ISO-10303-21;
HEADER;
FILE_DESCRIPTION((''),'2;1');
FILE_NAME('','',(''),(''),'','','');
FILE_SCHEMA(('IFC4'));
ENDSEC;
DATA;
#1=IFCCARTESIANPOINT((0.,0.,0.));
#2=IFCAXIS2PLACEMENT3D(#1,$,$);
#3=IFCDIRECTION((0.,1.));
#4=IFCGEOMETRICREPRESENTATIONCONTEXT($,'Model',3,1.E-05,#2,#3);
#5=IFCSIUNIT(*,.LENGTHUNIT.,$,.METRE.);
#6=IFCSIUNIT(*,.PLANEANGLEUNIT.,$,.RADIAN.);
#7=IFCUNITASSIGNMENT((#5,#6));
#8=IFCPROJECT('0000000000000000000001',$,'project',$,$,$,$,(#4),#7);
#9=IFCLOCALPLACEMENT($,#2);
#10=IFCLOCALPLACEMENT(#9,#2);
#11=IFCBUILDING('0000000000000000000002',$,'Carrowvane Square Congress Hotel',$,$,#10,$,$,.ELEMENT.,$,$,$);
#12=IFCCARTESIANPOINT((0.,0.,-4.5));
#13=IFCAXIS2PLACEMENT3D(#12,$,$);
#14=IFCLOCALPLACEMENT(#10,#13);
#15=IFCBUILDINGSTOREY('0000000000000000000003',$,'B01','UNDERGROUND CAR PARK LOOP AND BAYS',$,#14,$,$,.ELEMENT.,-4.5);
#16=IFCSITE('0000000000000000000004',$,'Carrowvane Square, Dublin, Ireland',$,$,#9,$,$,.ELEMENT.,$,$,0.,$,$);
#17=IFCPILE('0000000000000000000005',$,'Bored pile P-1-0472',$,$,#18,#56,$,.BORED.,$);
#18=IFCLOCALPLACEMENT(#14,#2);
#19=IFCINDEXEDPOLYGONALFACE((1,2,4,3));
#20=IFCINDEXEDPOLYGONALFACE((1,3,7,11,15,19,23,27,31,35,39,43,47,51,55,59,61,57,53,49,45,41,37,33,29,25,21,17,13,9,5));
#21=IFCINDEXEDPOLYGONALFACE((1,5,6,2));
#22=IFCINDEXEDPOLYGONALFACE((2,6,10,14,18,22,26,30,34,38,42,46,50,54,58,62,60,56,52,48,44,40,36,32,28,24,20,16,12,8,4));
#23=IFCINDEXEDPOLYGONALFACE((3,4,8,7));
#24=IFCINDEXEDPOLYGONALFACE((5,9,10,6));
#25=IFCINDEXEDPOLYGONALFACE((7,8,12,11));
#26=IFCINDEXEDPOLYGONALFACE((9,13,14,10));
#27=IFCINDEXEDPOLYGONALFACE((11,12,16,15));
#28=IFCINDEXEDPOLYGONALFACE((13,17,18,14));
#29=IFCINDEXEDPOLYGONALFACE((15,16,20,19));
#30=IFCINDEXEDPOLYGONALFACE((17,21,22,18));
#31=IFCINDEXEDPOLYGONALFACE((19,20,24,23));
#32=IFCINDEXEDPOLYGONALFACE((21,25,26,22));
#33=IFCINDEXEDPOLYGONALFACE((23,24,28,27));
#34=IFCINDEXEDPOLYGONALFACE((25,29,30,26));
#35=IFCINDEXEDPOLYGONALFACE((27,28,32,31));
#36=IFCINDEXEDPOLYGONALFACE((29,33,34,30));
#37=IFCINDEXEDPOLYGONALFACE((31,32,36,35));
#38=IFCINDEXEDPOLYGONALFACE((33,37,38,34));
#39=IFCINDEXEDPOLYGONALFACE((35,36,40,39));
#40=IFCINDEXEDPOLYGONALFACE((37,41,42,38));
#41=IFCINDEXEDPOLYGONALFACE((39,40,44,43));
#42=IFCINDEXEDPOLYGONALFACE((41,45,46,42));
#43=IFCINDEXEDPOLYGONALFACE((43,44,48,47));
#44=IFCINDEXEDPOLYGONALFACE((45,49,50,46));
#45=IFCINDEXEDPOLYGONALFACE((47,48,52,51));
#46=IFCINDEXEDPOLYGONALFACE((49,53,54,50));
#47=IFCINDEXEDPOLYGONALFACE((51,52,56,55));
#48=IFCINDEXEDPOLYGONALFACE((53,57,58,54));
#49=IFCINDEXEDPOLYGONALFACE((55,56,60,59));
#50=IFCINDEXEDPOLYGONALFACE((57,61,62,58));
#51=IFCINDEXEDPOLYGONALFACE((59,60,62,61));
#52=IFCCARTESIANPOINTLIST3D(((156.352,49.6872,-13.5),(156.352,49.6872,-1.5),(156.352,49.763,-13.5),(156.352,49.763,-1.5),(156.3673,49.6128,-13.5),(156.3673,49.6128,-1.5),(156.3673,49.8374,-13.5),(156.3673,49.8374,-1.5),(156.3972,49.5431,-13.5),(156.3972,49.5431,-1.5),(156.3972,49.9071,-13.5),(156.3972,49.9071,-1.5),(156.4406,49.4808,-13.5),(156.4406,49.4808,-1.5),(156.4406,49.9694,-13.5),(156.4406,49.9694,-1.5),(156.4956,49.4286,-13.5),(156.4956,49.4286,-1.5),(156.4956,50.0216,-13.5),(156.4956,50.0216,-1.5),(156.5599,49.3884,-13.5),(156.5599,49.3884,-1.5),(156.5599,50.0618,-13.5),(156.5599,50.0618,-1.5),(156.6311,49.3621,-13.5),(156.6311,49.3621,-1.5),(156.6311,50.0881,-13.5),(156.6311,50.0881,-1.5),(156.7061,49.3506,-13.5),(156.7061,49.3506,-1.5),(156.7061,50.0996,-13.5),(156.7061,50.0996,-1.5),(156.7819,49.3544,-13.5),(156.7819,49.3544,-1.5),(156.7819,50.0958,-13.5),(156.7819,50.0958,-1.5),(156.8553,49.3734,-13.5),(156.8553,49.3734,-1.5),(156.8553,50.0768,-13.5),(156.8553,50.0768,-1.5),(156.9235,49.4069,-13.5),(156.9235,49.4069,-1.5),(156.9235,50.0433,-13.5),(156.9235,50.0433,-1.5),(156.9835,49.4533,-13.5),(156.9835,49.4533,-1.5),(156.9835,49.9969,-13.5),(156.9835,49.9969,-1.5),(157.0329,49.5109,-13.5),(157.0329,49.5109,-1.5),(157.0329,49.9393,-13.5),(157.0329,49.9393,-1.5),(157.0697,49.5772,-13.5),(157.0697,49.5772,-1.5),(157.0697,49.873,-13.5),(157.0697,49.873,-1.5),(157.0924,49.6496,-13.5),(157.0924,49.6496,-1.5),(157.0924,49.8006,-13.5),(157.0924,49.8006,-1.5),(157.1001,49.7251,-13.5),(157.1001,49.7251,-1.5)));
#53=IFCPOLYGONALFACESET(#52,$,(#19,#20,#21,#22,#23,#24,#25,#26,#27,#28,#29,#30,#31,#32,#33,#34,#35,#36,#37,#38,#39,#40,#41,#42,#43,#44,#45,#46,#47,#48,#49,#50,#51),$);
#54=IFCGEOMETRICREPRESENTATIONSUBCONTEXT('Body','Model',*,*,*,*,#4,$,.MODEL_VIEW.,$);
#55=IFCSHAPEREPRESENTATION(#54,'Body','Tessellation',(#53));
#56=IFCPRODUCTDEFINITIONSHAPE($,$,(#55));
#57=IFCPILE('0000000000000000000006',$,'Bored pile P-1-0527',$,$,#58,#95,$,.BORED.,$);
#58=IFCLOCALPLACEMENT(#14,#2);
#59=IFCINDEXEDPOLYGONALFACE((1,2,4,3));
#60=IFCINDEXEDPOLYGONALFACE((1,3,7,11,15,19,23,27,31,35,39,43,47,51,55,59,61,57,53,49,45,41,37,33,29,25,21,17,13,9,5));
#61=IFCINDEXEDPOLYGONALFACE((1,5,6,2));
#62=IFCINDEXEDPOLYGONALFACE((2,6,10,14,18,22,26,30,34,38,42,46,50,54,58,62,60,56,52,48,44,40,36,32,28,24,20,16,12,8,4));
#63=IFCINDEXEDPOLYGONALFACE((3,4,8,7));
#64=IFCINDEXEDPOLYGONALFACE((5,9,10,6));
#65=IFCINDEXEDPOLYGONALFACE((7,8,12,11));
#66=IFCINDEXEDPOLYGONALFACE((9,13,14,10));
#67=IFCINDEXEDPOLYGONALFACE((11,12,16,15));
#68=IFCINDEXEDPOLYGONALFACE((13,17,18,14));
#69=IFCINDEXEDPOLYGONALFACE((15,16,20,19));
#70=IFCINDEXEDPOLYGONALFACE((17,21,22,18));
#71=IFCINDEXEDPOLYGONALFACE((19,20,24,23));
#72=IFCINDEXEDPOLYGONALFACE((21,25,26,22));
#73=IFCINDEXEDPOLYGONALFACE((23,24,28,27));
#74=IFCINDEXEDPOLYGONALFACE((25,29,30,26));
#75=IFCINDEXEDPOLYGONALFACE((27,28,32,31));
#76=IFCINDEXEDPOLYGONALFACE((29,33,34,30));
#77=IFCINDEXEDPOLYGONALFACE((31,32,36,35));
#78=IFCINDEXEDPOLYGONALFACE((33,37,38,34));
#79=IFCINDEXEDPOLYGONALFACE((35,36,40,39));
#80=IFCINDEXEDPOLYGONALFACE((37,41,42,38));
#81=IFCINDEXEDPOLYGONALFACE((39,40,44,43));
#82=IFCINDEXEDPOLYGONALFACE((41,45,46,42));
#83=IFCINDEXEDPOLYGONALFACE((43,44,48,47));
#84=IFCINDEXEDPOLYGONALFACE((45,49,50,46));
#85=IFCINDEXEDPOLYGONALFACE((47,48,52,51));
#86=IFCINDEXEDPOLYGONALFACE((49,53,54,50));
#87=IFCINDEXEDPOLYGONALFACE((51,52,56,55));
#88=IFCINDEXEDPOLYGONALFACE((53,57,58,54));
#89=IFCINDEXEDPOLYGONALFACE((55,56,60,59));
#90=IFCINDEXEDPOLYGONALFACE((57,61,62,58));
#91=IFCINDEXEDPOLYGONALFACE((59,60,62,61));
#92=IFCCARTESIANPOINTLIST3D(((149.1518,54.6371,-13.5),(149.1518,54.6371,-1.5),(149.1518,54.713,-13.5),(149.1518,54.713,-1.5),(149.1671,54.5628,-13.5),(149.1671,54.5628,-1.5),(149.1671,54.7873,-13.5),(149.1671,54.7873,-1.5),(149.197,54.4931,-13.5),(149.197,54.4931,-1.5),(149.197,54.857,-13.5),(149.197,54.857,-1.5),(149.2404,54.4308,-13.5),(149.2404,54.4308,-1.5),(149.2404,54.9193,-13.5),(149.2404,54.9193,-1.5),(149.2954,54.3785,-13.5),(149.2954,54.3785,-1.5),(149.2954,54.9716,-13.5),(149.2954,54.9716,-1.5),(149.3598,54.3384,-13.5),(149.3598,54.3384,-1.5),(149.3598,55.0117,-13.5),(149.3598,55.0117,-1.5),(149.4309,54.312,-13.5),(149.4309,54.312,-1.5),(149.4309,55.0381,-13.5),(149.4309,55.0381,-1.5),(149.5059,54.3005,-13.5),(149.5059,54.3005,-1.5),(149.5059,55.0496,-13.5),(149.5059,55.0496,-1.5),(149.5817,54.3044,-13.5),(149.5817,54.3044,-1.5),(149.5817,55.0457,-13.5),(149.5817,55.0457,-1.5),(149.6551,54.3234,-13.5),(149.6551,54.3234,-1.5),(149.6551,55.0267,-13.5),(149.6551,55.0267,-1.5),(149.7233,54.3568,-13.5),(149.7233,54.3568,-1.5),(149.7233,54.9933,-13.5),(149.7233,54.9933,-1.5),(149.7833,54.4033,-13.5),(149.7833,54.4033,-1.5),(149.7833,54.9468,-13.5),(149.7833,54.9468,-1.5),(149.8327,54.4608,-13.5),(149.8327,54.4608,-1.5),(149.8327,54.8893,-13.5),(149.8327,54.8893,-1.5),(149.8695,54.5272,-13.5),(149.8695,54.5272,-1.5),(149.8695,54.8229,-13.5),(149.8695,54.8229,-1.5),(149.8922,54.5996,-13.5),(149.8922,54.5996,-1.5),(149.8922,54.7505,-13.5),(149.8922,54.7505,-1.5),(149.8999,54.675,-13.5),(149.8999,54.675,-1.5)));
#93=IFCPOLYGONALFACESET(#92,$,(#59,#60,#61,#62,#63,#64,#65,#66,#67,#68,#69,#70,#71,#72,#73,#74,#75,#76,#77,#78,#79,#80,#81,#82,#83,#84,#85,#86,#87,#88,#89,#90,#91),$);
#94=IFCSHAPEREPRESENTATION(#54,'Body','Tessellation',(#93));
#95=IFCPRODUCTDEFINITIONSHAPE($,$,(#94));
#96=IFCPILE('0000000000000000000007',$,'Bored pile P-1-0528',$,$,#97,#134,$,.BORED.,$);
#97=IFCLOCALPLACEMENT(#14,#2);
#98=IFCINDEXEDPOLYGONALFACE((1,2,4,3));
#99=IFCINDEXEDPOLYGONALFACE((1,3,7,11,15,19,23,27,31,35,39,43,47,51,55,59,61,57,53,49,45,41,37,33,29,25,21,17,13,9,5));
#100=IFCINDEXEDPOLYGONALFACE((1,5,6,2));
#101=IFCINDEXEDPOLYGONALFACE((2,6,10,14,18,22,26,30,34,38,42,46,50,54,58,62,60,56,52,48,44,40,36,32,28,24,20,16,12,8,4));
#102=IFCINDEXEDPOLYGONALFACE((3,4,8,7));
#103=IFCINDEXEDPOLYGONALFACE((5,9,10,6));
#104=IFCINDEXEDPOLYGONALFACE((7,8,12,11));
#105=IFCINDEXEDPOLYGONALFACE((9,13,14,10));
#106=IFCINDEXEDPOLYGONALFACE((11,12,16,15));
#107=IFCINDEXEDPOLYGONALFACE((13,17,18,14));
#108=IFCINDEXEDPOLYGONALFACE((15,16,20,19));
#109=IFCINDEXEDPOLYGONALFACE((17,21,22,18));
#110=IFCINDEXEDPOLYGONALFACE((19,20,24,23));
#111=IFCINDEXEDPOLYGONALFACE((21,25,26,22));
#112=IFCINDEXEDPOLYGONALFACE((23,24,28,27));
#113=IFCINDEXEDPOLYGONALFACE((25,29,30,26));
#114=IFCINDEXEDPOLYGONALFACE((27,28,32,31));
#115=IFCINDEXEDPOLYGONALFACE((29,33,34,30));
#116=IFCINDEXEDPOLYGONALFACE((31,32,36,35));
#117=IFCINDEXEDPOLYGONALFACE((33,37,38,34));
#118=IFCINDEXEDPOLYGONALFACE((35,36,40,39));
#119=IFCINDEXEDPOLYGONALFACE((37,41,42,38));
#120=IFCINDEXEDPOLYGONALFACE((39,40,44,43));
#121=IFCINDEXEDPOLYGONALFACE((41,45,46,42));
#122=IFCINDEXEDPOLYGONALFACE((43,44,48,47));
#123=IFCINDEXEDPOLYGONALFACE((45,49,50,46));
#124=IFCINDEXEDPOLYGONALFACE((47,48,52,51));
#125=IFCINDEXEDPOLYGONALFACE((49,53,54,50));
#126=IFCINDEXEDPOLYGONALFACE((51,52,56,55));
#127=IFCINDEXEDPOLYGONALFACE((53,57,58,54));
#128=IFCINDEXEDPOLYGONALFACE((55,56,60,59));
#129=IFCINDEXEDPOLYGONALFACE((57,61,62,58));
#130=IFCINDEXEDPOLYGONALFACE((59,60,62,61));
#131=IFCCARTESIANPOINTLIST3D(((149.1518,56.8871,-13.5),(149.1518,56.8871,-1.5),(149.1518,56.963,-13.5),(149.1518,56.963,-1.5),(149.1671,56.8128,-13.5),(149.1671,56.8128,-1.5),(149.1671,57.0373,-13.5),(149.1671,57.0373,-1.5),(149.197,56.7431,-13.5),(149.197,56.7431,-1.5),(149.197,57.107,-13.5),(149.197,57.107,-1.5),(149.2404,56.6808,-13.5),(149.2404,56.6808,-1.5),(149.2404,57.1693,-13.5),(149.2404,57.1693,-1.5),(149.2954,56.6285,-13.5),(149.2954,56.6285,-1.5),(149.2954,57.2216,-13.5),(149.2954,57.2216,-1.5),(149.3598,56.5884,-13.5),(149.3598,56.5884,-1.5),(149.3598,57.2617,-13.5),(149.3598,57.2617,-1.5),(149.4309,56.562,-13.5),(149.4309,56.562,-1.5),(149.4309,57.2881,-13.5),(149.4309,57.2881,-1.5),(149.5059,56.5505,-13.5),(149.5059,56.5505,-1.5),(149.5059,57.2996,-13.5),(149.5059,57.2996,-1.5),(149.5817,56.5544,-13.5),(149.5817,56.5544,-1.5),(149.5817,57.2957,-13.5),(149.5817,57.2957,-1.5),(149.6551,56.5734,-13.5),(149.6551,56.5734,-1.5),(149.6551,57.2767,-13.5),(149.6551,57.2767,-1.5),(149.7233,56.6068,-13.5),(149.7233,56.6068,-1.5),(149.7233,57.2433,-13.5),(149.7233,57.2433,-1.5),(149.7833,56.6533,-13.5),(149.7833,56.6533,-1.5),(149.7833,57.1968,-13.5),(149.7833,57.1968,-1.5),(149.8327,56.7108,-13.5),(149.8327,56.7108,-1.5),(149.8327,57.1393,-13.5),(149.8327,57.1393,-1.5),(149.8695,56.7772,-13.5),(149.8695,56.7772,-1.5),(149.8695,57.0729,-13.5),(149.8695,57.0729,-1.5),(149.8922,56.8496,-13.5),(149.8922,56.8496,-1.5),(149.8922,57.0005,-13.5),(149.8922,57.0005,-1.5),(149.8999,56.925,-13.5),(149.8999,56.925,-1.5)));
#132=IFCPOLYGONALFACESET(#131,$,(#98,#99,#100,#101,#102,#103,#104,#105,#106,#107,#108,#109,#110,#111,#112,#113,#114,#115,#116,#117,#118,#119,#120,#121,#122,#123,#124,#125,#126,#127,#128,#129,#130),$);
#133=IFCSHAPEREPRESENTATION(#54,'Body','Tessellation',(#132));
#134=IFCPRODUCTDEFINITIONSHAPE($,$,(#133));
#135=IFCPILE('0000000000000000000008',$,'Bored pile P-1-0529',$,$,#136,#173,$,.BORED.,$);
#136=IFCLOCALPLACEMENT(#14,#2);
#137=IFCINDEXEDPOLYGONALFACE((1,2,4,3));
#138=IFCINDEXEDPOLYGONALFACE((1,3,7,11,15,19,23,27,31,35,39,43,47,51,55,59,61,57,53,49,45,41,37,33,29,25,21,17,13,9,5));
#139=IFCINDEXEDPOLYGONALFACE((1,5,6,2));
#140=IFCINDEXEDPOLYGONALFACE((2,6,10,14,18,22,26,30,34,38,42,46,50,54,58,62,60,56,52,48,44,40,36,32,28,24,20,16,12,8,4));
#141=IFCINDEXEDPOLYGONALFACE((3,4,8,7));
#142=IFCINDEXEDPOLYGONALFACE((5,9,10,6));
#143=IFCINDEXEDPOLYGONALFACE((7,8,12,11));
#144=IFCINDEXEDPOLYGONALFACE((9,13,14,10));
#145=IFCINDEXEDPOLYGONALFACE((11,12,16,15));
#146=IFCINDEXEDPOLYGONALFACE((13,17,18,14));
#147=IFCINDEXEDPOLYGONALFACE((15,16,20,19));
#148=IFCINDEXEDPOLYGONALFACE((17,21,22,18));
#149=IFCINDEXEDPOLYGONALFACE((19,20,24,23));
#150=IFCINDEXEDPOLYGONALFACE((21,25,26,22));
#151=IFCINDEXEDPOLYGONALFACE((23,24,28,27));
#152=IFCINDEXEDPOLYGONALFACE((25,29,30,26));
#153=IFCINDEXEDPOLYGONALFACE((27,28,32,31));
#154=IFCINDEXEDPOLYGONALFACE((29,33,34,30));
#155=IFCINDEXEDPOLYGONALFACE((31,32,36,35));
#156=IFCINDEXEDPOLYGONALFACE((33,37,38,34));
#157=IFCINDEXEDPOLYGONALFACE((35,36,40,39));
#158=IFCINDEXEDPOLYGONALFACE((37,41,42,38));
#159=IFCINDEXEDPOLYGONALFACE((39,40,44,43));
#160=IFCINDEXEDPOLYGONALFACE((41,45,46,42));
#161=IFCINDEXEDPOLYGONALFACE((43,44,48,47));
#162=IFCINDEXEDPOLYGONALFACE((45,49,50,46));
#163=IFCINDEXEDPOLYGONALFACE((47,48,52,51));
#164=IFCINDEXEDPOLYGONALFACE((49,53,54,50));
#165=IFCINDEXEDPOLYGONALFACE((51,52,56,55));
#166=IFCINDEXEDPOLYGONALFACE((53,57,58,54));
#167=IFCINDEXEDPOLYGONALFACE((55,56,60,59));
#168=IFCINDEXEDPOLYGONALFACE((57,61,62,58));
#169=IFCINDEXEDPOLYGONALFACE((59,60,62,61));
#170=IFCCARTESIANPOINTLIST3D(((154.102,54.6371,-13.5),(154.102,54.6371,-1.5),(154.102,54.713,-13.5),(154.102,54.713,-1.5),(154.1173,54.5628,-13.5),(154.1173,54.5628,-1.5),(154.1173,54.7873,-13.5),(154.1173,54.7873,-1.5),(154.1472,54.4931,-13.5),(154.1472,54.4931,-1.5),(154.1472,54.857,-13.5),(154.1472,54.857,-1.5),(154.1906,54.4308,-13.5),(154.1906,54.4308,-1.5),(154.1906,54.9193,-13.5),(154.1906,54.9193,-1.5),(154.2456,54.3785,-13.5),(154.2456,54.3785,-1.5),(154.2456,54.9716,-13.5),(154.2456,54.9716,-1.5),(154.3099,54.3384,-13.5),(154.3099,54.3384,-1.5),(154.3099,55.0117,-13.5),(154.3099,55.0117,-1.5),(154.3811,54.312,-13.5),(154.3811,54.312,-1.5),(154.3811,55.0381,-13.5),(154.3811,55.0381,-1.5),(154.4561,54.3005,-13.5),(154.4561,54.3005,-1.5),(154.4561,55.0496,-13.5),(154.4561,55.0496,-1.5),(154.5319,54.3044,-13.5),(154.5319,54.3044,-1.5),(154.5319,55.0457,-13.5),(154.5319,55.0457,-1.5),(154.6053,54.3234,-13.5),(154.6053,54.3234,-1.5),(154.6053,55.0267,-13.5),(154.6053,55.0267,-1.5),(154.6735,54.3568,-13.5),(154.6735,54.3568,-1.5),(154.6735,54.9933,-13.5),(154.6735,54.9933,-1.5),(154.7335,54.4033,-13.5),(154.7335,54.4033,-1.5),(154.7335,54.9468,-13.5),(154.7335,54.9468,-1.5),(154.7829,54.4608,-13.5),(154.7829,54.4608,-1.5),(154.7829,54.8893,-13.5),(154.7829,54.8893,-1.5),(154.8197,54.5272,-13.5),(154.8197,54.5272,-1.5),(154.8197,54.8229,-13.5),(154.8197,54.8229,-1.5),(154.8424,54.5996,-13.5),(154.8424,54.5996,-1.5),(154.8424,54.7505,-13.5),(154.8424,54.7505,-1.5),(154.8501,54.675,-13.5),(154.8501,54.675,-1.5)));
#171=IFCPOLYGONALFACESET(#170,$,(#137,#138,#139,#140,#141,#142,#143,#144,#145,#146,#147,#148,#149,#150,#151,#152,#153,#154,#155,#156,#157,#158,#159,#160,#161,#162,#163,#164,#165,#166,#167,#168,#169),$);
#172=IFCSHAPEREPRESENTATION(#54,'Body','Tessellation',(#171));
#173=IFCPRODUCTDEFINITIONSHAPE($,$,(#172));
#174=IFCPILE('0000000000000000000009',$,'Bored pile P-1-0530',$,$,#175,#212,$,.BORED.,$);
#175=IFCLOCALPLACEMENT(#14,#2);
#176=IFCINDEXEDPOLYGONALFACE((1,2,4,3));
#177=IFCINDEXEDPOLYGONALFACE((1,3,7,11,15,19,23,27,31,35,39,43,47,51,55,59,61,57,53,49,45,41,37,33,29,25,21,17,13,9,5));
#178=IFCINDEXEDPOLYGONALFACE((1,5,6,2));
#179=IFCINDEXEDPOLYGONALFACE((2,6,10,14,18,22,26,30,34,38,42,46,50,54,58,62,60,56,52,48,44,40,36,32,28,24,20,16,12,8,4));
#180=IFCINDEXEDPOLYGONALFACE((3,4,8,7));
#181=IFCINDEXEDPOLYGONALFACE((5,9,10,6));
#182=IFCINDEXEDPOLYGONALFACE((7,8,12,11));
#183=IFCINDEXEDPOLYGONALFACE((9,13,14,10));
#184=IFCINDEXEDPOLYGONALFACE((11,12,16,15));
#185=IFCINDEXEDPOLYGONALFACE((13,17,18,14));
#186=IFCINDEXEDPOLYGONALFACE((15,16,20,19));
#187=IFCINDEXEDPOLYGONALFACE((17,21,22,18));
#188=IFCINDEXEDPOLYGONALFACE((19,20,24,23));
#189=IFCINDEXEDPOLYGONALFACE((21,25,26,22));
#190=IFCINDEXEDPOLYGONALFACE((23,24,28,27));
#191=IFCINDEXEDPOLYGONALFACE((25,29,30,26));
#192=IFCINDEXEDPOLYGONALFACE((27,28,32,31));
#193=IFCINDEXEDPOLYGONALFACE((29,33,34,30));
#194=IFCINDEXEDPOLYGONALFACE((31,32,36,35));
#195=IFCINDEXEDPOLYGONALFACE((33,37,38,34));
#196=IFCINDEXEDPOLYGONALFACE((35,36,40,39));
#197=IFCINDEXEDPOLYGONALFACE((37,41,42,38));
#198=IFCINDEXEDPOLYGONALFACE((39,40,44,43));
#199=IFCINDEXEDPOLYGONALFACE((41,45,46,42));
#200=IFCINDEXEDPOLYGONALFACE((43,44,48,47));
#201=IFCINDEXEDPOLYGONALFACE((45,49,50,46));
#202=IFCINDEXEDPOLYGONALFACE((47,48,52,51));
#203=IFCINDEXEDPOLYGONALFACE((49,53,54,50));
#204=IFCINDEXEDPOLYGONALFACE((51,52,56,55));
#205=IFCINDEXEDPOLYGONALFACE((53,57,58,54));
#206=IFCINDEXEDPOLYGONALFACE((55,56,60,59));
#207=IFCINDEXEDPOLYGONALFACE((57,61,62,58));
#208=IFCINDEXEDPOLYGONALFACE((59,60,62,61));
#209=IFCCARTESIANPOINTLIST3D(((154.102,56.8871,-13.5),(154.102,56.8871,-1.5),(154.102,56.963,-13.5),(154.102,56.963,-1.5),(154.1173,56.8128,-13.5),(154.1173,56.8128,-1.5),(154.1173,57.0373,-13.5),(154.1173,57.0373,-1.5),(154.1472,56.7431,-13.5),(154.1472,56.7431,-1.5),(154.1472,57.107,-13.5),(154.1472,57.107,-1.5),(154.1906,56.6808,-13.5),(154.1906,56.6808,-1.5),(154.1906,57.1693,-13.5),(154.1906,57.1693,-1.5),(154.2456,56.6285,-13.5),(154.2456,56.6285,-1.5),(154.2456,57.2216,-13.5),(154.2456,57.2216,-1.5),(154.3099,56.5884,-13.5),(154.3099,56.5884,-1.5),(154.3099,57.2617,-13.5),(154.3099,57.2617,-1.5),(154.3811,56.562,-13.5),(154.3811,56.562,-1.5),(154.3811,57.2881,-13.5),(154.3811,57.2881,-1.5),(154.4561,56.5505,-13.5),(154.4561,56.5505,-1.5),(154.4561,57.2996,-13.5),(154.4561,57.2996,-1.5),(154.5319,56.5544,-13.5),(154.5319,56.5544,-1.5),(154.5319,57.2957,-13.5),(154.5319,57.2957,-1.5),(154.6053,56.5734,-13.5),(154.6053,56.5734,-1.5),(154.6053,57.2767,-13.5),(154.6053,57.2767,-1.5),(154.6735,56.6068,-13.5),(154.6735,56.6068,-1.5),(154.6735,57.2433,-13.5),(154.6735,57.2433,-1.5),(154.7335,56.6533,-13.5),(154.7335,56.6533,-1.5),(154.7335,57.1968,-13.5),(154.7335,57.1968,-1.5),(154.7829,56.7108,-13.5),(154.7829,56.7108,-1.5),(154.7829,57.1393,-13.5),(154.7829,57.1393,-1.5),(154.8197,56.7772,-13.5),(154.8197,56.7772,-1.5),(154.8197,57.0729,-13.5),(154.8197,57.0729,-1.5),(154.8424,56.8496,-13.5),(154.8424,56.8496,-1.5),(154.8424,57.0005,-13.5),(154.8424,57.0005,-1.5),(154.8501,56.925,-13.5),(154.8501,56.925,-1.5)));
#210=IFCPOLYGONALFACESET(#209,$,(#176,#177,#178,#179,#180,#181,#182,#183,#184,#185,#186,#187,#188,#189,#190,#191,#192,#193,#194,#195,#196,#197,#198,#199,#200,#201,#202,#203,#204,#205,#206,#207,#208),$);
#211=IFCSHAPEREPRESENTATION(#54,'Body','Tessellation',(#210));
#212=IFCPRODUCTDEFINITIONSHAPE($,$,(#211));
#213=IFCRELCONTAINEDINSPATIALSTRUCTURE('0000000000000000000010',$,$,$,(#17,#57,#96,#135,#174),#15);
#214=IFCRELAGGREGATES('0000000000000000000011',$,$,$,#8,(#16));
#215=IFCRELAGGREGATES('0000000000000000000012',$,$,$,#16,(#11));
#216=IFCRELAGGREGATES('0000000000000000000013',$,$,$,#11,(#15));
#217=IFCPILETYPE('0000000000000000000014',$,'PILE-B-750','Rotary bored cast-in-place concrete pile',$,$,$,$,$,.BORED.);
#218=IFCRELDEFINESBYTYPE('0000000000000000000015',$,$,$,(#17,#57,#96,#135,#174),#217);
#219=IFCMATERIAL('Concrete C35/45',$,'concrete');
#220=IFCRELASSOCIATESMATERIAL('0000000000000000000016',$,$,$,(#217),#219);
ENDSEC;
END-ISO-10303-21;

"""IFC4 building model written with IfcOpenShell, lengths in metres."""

from ifc_helpers import new_model, si_unit, direction, frame, origin, origin_2d, place, context, subcontext, project, spatial, circle, extrude, material, material_profile, profile_set, type_object, element, save


model = new_model("IFC4")

# Units and contexts
model_context = context("Model", 3, precision=1e-05, world=origin(), true_north=direction((0.0, 1.0)))
body_context = subcontext(model_context, "Body", "Model", "MODEL_VIEW")
ifc_project = project(units=[si_unit("LENGTHUNIT", "METRE"), si_unit("PLANEANGLEUNIT", "RADIAN")], contexts=[model_context])

# Site, building, storey
site_placement = place(None, origin())
site = spatial("IfcSite", under=ifc_project, at=site_placement, Name="Carrowvane Square, Dublin, Ireland", CompositionType="ELEMENT", RefElevation=0.0)
building_placement = place(site_placement, origin())
building = spatial("IfcBuilding", under=site, at=building_placement, Name="Carrowvane Square Congress Hotel", CompositionType="ELEMENT")
storey_placement = place(building_placement, frame((0.0, 0.0, -4.5)))
storey = spatial("IfcBuildingStorey", under=building, at=storey_placement, Name="B01", Description="UNDERGROUND CAR PARK LOOP AND BAYS", CompositionType="ELEMENT", Elevation=-4.5)

# Piles
ifc_material_1 = material(Name="Concrete C35/45", Category="concrete")
ifc_material_profile_1 = material_profile(ifc_material_1, circle(Radius=0.375, at=origin_2d()), Name="PILE D750")
ifc_profile_set_1 = profile_set([ifc_material_profile_1], Name="Concrete C35/45")
pile_type = type_object("IfcPileType", Name="PILE-B-750", Description="Rotary bored cast-in-place concrete pile", PredefinedType="BORED", material=ifc_profile_set_1)
for number, where, z_axis, x_axis, name in (
    (1, (156.7251, 49.7251, -1.5), (0.0, 0.0, -1.0), (1.0, 0.0, 0.0), "Bored pile P-1-0472"),
    (2, (149.5249, 54.675, -1.5), (0.0, 0.0, -1.0), (1.0, 0.0, 0.0), "Bored pile P-1-0527"),
    (3, (149.5249, 56.925, -1.5), (0.0, 0.0, -1.0), (1.0, 0.0, 0.0), "Bored pile P-1-0528"),
    (4, (154.4751, 54.675, -1.5), (0.0, 0.0, -1.0), (1.0, 0.0, 0.0), "Bored pile P-1-0529"),
    (5, (154.4751, 56.925, -1.5), (0.0, 0.0, -1.0), (1.0, 0.0, 0.0), "Bored pile P-1-0530"),
):
    element("IfcPile", number, at=place(storey_placement, frame(where, z_axis=z_axis, x_axis=x_axis)), inside=storey, type_object=pile_type, Name=name, PredefinedType="BORED", context=body_context, shape_type="SweptSolid", body=[
        extrude(circle(Radius=0.375, at=origin_2d()), origin(), (0.0, 0.0, 1.0), 12.0),
    ])

save(model, "model.ifc")
